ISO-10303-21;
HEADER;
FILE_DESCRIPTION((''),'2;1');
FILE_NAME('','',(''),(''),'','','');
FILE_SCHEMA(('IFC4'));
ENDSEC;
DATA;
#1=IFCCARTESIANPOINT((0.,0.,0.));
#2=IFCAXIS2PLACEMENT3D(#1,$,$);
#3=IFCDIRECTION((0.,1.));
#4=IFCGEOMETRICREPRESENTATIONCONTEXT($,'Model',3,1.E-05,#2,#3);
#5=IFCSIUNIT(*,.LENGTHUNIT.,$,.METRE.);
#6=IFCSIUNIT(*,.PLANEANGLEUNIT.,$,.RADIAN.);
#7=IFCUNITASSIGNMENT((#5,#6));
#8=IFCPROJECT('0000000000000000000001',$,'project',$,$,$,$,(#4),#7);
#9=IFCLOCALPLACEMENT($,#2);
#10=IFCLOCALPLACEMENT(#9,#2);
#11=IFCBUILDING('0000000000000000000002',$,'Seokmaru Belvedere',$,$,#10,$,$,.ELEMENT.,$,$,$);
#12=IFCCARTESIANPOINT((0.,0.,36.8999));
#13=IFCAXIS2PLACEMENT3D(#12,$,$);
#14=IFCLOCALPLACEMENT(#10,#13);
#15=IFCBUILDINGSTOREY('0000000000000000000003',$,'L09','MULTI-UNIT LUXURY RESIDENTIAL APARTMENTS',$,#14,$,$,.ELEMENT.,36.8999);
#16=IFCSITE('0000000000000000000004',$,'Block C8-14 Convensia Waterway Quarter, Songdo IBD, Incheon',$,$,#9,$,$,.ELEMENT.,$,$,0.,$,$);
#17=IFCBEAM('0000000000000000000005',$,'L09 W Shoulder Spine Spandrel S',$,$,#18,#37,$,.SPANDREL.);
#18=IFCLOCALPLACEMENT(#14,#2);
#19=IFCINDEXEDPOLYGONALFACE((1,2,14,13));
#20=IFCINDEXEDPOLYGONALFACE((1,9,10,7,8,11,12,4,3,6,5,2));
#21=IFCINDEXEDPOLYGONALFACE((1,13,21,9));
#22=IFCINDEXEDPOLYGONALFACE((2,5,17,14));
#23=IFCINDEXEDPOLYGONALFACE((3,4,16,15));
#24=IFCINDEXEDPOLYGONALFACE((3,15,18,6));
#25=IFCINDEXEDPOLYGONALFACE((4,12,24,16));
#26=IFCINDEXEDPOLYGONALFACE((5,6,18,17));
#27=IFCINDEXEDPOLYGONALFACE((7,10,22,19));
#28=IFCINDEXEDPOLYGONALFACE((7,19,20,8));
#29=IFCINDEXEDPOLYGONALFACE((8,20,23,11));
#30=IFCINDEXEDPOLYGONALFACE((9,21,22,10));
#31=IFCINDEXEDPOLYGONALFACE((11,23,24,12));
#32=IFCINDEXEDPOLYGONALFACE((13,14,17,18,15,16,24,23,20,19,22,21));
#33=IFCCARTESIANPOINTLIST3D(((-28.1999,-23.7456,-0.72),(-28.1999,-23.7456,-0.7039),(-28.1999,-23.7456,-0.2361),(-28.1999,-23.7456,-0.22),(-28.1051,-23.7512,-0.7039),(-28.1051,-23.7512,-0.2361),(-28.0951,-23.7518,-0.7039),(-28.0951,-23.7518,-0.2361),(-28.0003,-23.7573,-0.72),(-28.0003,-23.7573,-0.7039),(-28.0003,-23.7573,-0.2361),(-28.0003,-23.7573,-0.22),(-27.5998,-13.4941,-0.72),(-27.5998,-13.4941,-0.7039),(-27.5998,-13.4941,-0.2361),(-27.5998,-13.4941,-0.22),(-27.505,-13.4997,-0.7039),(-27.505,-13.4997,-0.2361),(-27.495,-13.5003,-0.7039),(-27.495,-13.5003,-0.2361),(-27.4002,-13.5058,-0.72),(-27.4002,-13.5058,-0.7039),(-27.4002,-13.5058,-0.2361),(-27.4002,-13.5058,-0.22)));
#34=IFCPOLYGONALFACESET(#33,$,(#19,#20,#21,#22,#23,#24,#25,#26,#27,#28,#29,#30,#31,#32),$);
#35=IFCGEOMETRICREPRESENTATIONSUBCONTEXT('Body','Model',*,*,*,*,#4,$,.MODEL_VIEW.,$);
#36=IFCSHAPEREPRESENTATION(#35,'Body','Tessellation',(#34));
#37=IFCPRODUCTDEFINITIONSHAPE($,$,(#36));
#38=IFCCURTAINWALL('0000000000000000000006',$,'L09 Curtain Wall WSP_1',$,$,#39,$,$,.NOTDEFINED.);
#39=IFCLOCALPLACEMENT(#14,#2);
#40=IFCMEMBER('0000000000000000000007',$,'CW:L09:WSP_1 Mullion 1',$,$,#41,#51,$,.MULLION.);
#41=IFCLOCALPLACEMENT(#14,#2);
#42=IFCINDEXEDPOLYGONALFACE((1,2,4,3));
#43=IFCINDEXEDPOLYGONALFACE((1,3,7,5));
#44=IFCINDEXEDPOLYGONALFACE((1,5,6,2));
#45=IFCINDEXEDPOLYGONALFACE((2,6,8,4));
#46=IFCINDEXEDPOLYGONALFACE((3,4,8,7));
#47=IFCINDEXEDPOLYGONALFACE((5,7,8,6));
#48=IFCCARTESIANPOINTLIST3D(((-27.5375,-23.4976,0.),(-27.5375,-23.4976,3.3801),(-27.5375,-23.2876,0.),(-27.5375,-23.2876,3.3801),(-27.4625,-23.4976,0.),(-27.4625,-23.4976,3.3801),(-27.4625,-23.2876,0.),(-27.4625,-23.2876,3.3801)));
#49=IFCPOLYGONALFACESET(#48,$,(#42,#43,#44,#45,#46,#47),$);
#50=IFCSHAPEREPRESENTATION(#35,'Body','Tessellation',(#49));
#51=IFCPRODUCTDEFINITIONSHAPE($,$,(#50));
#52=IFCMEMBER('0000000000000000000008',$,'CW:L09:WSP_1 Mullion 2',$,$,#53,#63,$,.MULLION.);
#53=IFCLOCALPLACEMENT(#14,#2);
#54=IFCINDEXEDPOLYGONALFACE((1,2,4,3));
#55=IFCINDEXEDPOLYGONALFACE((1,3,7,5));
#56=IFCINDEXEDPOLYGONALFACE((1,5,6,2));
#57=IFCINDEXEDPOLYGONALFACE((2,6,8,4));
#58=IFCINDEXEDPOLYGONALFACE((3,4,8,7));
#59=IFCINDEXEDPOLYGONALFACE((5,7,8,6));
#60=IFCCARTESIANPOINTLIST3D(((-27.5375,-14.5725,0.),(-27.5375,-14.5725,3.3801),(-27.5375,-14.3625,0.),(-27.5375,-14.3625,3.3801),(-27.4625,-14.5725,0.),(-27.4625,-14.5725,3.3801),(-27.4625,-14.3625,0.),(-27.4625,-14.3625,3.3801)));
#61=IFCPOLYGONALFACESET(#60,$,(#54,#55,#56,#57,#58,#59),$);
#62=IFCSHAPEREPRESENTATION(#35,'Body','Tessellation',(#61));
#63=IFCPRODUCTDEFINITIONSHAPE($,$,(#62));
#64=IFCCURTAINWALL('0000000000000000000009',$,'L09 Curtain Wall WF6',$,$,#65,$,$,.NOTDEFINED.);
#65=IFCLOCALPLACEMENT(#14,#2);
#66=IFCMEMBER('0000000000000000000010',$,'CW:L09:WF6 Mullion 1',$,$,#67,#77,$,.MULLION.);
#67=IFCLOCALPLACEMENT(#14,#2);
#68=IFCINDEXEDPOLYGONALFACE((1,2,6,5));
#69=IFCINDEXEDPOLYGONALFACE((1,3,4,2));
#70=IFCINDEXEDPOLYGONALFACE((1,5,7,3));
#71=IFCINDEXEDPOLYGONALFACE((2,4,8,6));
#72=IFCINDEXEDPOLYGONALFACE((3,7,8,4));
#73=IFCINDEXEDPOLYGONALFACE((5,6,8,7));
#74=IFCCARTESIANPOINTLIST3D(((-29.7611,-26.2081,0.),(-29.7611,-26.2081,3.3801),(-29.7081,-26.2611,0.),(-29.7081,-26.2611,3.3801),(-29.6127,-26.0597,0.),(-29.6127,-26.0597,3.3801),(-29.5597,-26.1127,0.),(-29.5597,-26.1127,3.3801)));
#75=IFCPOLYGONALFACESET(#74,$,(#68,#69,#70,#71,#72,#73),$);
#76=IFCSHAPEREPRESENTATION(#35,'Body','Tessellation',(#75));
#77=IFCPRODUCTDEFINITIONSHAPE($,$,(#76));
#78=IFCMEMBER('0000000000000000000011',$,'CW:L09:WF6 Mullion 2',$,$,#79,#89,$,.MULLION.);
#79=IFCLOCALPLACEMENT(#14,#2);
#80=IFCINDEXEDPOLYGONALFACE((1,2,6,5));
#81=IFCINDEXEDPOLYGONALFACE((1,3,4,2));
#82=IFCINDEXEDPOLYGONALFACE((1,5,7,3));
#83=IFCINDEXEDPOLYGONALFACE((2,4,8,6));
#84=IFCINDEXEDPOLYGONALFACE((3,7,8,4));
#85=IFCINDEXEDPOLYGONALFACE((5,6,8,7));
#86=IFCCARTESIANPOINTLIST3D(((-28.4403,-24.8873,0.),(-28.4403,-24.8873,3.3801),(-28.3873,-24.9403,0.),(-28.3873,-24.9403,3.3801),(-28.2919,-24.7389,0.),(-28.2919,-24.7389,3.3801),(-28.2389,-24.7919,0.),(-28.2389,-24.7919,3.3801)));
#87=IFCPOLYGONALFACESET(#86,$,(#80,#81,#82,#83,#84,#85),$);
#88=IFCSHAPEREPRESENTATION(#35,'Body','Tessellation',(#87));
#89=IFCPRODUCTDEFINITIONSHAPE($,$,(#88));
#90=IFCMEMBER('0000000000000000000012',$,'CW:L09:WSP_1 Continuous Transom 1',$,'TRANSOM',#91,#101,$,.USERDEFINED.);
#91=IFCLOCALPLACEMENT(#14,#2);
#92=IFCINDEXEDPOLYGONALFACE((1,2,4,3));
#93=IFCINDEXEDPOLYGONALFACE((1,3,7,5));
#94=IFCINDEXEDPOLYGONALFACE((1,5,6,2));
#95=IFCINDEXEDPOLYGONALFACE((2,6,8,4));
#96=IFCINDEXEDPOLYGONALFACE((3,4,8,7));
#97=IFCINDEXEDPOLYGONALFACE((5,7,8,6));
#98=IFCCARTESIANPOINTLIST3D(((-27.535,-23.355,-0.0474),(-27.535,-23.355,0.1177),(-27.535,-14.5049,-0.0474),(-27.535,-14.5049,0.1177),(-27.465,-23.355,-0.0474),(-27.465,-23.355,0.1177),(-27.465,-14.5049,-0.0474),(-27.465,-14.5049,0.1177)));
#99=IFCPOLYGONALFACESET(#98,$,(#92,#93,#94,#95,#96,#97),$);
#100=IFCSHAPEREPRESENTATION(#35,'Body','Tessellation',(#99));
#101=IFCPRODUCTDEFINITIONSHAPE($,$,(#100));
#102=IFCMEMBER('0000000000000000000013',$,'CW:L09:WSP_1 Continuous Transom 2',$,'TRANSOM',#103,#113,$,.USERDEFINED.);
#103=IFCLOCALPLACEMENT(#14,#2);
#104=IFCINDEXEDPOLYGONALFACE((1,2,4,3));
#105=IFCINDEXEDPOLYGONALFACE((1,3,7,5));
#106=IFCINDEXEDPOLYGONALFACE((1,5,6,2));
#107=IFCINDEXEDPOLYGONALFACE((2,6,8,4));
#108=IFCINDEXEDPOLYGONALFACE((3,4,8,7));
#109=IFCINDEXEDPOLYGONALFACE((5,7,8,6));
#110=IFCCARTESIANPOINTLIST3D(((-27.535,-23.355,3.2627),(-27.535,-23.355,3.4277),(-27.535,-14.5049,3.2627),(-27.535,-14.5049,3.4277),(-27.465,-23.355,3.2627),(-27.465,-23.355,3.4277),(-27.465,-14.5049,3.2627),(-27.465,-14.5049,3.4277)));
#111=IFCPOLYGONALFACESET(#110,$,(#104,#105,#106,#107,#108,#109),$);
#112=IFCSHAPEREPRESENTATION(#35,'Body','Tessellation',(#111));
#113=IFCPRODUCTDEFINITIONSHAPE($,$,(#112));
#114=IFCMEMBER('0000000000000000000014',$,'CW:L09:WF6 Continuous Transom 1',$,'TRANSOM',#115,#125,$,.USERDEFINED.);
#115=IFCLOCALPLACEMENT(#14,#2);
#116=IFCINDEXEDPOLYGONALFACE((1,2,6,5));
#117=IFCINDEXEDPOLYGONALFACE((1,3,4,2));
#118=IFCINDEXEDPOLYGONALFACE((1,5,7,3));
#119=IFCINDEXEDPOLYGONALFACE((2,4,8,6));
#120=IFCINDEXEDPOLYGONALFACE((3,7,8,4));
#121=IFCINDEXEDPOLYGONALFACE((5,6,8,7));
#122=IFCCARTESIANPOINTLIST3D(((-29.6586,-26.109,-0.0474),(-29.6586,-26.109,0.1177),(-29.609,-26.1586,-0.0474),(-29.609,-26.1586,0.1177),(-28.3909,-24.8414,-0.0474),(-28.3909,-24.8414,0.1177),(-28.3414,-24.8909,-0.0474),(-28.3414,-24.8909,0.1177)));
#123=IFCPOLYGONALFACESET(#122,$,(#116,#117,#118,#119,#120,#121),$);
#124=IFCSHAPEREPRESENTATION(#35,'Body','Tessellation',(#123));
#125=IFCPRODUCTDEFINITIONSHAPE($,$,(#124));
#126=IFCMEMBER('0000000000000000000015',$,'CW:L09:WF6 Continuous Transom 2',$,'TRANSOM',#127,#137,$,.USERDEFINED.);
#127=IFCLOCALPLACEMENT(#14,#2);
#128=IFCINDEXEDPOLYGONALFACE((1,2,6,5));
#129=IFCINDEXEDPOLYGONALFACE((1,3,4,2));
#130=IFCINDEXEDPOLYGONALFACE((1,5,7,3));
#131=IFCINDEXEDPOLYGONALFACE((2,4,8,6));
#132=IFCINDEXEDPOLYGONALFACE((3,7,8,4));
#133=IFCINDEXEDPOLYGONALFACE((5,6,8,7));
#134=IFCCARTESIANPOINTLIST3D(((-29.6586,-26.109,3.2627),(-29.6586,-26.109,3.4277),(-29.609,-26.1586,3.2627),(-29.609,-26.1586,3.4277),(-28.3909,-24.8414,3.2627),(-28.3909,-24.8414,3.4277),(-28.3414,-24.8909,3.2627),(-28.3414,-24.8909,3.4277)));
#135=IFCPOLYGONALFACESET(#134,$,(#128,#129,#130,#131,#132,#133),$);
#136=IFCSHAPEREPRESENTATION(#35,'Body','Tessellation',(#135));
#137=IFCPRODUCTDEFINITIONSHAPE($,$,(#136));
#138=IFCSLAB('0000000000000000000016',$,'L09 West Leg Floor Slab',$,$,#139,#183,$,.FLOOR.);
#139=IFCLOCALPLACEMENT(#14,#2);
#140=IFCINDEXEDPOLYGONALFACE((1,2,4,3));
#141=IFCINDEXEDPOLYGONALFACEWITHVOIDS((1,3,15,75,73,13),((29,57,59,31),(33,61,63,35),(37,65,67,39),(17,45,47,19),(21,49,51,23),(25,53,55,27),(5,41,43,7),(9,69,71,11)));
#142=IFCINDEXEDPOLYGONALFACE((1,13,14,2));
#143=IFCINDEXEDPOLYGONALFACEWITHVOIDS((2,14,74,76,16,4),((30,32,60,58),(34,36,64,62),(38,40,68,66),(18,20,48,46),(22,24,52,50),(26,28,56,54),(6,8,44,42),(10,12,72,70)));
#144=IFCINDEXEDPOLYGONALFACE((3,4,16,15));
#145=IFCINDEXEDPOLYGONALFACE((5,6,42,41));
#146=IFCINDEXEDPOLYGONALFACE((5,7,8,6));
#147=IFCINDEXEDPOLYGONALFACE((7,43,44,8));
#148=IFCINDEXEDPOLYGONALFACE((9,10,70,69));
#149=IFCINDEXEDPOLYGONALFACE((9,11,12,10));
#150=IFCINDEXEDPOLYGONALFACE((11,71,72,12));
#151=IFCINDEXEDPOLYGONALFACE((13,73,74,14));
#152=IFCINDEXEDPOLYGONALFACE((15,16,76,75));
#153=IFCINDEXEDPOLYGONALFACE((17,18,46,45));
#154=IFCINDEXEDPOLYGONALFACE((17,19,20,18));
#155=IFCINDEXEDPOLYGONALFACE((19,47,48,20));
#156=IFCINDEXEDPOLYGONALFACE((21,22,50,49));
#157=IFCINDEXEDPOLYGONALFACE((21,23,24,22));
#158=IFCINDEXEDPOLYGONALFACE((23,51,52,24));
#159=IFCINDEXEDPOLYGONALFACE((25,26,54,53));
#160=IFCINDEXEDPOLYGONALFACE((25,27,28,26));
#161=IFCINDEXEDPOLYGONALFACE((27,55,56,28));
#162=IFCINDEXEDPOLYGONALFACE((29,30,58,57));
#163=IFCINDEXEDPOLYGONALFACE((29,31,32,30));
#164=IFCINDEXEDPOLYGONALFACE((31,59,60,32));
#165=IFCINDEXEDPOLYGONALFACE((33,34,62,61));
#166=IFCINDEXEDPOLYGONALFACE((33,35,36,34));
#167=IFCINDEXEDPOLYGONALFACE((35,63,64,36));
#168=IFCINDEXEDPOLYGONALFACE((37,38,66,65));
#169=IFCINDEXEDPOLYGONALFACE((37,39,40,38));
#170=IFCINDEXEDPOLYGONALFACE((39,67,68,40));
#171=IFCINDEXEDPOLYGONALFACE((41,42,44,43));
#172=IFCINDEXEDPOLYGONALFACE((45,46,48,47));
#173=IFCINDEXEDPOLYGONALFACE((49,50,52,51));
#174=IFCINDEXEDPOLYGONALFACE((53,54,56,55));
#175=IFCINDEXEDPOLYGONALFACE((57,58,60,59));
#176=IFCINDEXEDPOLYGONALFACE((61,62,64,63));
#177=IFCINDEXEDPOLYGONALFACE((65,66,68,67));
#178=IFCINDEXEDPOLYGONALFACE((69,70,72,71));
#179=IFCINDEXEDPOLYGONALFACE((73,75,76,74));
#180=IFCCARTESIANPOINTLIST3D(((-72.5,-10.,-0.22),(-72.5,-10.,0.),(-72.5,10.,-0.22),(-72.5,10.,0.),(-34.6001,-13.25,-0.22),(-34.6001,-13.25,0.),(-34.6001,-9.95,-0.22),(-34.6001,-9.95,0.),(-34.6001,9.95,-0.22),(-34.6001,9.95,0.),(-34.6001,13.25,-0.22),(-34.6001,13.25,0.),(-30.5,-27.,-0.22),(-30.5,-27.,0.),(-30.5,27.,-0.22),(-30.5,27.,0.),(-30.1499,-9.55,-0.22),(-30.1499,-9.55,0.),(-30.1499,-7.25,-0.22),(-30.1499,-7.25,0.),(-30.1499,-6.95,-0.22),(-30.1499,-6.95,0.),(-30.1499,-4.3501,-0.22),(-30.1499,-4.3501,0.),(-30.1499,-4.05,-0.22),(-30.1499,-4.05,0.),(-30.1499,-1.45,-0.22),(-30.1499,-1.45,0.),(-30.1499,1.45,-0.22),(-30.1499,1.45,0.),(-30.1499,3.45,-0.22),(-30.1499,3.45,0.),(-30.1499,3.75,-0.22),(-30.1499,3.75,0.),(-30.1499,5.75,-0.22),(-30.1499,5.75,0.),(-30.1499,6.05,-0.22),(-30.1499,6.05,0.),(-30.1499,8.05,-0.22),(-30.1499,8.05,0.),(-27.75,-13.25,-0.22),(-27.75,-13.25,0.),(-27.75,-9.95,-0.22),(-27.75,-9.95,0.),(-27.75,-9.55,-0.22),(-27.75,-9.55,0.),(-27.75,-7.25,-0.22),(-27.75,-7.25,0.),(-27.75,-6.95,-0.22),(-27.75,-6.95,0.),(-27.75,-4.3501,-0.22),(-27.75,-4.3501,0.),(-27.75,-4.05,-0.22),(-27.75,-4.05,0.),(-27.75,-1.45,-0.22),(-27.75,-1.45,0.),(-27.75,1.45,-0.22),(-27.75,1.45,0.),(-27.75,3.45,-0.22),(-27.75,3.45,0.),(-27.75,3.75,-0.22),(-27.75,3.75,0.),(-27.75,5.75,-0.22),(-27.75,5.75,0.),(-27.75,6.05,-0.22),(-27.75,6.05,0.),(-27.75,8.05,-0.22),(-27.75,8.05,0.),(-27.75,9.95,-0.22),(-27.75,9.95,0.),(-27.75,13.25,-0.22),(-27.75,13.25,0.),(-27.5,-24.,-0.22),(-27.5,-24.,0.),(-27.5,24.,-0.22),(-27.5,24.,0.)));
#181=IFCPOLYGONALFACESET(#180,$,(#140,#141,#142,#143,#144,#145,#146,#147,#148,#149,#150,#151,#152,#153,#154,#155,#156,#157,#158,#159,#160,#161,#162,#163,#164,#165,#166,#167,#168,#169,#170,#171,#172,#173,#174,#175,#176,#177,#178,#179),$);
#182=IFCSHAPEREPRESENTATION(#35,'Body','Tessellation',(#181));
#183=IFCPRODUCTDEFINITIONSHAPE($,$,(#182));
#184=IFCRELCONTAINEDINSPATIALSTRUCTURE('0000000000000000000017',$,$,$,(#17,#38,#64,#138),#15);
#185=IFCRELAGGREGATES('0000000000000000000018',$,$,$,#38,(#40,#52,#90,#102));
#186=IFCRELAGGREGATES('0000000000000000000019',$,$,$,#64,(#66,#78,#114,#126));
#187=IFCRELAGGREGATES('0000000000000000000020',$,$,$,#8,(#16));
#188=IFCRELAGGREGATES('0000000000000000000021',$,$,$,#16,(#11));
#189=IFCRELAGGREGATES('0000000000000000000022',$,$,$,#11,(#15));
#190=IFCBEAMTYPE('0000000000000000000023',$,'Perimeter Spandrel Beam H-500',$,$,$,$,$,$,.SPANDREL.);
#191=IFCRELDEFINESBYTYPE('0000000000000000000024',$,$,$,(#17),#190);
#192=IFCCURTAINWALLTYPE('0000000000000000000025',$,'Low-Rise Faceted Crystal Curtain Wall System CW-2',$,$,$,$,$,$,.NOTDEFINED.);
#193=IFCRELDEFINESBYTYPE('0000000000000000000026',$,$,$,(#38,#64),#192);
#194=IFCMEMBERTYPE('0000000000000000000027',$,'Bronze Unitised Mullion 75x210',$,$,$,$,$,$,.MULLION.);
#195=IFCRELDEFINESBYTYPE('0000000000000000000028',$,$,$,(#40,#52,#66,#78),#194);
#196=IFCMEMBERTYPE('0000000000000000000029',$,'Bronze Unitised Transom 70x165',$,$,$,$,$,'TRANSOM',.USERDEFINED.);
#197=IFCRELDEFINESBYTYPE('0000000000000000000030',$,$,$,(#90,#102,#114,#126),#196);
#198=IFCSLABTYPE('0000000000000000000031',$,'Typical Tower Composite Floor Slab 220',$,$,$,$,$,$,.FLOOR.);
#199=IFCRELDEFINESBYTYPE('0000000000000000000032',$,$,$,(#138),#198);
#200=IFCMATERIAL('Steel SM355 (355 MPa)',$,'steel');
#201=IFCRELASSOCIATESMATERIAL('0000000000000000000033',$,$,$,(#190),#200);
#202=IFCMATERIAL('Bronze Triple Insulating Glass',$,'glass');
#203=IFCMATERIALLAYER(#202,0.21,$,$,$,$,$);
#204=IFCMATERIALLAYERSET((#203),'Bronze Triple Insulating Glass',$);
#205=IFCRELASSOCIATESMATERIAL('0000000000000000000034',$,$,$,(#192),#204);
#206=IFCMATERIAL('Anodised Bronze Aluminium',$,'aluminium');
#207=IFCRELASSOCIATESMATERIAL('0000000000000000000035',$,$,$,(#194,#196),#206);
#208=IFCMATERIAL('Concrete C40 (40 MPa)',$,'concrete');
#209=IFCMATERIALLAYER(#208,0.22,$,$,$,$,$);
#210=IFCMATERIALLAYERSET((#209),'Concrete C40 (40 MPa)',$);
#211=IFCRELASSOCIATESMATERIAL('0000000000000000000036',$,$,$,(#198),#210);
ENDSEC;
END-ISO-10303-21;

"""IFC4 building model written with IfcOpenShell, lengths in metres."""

from ifc_helpers import new_model, si_unit, direction, frame, origin, origin_2d, place, context, subcontext, project, spatial, polyline, rectangle, i_section, outline, extrude, source, transform, mapped, material, layer, layer_set, material_profile, profile_set, type_object, type_shapes, element, aggregate, save


model = new_model("IFC4")

# Units and contexts
model_context = context("Model", 3, precision=1e-05, world=origin(), true_north=direction((0.0, 1.0)))
body_context = subcontext(model_context, "Body", "Model", "MODEL_VIEW")
ifc_project = project(units=[si_unit("LENGTHUNIT", "METRE"), si_unit("PLANEANGLEUNIT", "RADIAN")], contexts=[model_context])

# Site, building, storey
site_placement = place(None, origin())
site = spatial("IfcSite", under=ifc_project, at=site_placement, Name="Block C8-14 Convensia Waterway Quarter, Songdo IBD, Incheon", CompositionType="ELEMENT", RefElevation=0.0)
building_placement = place(site_placement, origin())
building = spatial("IfcBuilding", under=site, at=building_placement, Name="Seokmaru Belvedere", CompositionType="ELEMENT")
storey_placement = place(building_placement, frame((0.0, 0.0, 36.8999)))
storey = spatial("IfcBuildingStorey", under=building, at=storey_placement, Name="L09", Description="MULTI-UNIT LUXURY RESIDENTIAL APARTMENTS", CompositionType="ELEMENT", Elevation=36.8999)

# Shared definitions
ifc_material_1 = material(Name="Steel SM355 (355 MPa)", Category="steel")

# Beam
ifc_material_profile_1 = material_profile(ifc_material_1, i_section(OverallWidth=0.2, OverallDepth=0.5, WebThickness=0.01, FlangeThickness=0.0161, at=origin_2d()), Name="H-500x200x10x16")
ifc_profile_set_1 = profile_set([ifc_material_profile_1], Name="Steel SM355 (355 MPa)")
beam_type = type_object("IfcBeamType", Name="Perimeter Spandrel Beam H-500", PredefinedType="SPANDREL", material=ifc_profile_set_1)
shared_shape_1 = source(origin(), body_context, "Body", "SweptSolid", [
    extrude(i_section(OverallWidth=0.2, OverallDepth=0.5, WebThickness=0.01, FlangeThickness=0.0161, at=origin_2d()), origin(), (0.0, 0.0, 1.0), 10.269),
])
beam_1_placement = place(storey_placement, frame((-28.1001, -23.7515, -0.47), z_axis=(0.058438, 0.998291, 0.0), x_axis=(-0.998291, 0.058438, 0.0)))
element("IfcBeam", 1, at=beam_1_placement, inside=storey, type_object=beam_type, Name="L09 W Shoulder Spine Spandrel S", PredefinedType="SPANDREL", context=body_context, shape_type="MappedRepresentation", body=[
    mapped(shared_shape_1, transform((0.0, 0.0, 0.0), scale=1.0)),
])

# Curtain walls, members
ifc_material_2 = material(Name="Bronze Triple Insulating Glass", Category="glass")
ifc_layer_1 = layer(ifc_material_2, 0.21)
ifc_layer_set_1 = layer_set([ifc_layer_1], Name="Bronze Triple Insulating Glass")
curtain_wall_type = type_object("IfcCurtainWallType", Name="Low-Rise Faceted Crystal Curtain Wall System CW-2", PredefinedType="NOTDEFINED", material=ifc_layer_set_1)
curtain_wall_1_placement = place(storey_placement, origin())
curtain_wall_1 = element("IfcCurtainWall", 2, at=curtain_wall_1_placement, inside=storey, type_object=curtain_wall_type, Name="L09 Curtain Wall WSP_1", PredefinedType="NOTDEFINED")
ifc_material_3 = material(Name="Anodised Bronze Aluminium", Category="aluminium")
ifc_material_profile_2 = material_profile(ifc_material_3, rectangle(XDim=0.075, YDim=0.21, at=origin_2d()), Name="CW-M-75x210")
ifc_profile_set_2 = profile_set([ifc_material_profile_2], Name="Anodised Bronze Aluminium")
member_type_1 = type_object("IfcMemberType", Name="Bronze Unitised Mullion 75x210", PredefinedType="MULLION", material=ifc_profile_set_2)
shared_shape_2 = source(origin(), body_context, "Body", "SweptSolid", [
    extrude(rectangle(XDim=0.075, YDim=0.21, at=origin_2d()), origin(), (0.0, 0.0, 1.0), 3.3801),
])
type_shapes(member_type_1, [shared_shape_2])
member_1_placement = place(storey_placement, frame((-27.5, -23.3926, 0.0), z_axis=(0.0, 0.0, 1.0), x_axis=(-1.0, 0.0, 0.0)))
member_1 = element("IfcMember", 3, at=member_1_placement, type_object=member_type_1, Name="CW:L09:WSP_1 Mullion 1", PredefinedType="MULLION", context=body_context, shape_type="MappedRepresentation", body=[
    mapped(shared_shape_2, transform((0.0, 0.0, 0.0), scale=1.0)),
])
member_2_placement = place(storey_placement, frame((-27.5, -14.4675, 0.0), z_axis=(0.0, 0.0, 1.0), x_axis=(-1.0, 0.0, 0.0)))
member_2 = element("IfcMember", 4, at=member_2_placement, type_object=member_type_1, Name="CW:L09:WSP_1 Mullion 2", PredefinedType="MULLION", context=body_context, shape_type="MappedRepresentation", body=[
    mapped(shared_shape_2, transform((0.0, 0.0, 0.0), scale=1.0)),
])
curtain_wall_2_placement = place(storey_placement, origin())
curtain_wall_2 = element("IfcCurtainWall", 5, at=curtain_wall_2_placement, inside=storey, type_object=curtain_wall_type, Name="L09 Curtain Wall WF6", PredefinedType="NOTDEFINED")
member_3_placement = place(storey_placement, frame((-29.6604, -26.1604, 0.0), z_axis=(0.0, 0.0, 1.0), x_axis=(-0.707107, 0.707107, 0.0)))
member_3 = element("IfcMember", 6, at=member_3_placement, type_object=member_type_1, Name="CW:L09:WF6 Mullion 1", PredefinedType="MULLION", context=body_context, shape_type="MappedRepresentation", body=[
    mapped(shared_shape_2, transform((0.0, 0.0, 0.0), scale=1.0)),
])
member_4_placement = place(storey_placement, frame((-28.3396, -24.8396, 0.0), z_axis=(0.0, 0.0, 1.0), x_axis=(-0.707107, 0.707107, 0.0)))
member_4 = element("IfcMember", 7, at=member_4_placement, type_object=member_type_1, Name="CW:L09:WF6 Mullion 2", PredefinedType="MULLION", context=body_context, shape_type="MappedRepresentation", body=[
    mapped(shared_shape_2, transform((0.0, 0.0, 0.0), scale=1.0)),
])

# Members
ifc_material_profile_3 = material_profile(ifc_material_3, rectangle(XDim=0.0701, YDim=0.165, at=origin_2d()), Name="CW-T-70x165")
ifc_profile_set_3 = profile_set([ifc_material_profile_3], Name="Anodised Bronze Aluminium")
member_type_2 = type_object("IfcMemberType", Name="Bronze Unitised Transom 70x165", ElementType="TRANSOM", PredefinedType="USERDEFINED", material=ifc_profile_set_3)
shared_shape_3 = source(origin(), body_context, "Body", "SweptSolid", [
    extrude(rectangle(XDim=0.0701, YDim=0.165, at=origin_2d()), origin(), (0.0, 0.0, 1.0), 8.8501),
])
member_5_placement = place(storey_placement, frame((-27.5, -23.355, 0.0352), z_axis=(0.0, 1.0, 0.0), x_axis=(-1.0, 0.0, 0.0)))
member_5 = element("IfcMember", 8, at=member_5_placement, type_object=member_type_2, Name="CW:L09:WSP_1 Continuous Transom 1", ObjectType="TRANSOM", PredefinedType="USERDEFINED", context=body_context, shape_type="MappedRepresentation", body=[
    mapped(shared_shape_3, transform((0.0, 0.0, 0.0), scale=1.0)),
])
member_6_placement = place(storey_placement, frame((-27.5, -23.355, 3.3452), z_axis=(0.0, 1.0, 0.0), x_axis=(-1.0, 0.0, 0.0)))
member_6 = element("IfcMember", 9, at=member_6_placement, type_object=member_type_2, Name="CW:L09:WSP_1 Continuous Transom 2", ObjectType="TRANSOM", PredefinedType="USERDEFINED", context=body_context, shape_type="MappedRepresentation", body=[
    mapped(shared_shape_3, transform((0.0, 0.0, 0.0), scale=1.0)),
])
shared_shape_4 = source(origin(), body_context, "Body", "SweptSolid", [
    extrude(rectangle(XDim=0.0701, YDim=0.165, at=origin_2d()), origin(), (0.0, 0.0, 1.0), 1.7927),
])
type_shapes(member_type_2, [shared_shape_3, shared_shape_4])
member_7_placement = place(storey_placement, frame((-29.6338, -26.1338, 0.0352), z_axis=(0.707107, 0.707107, 0.0), x_axis=(-0.707107, 0.707107, 0.0)))
member_7 = element("IfcMember", 10, at=member_7_placement, type_object=member_type_2, Name="CW:L09:WF6 Continuous Transom 1", ObjectType="TRANSOM", PredefinedType="USERDEFINED", context=body_context, shape_type="MappedRepresentation", body=[
    mapped(shared_shape_4, transform((0.0, 0.0, 0.0), scale=1.0)),
])
member_8_placement = place(storey_placement, frame((-29.6338, -26.1338, 3.3452), z_axis=(0.707107, 0.707107, 0.0), x_axis=(-0.707107, 0.707107, 0.0)))
member_8 = element("IfcMember", 11, at=member_8_placement, type_object=member_type_2, Name="CW:L09:WF6 Continuous Transom 2", ObjectType="TRANSOM", PredefinedType="USERDEFINED", context=body_context, shape_type="MappedRepresentation", body=[
    mapped(shared_shape_4, transform((0.0, 0.0, 0.0), scale=1.0)),
])

# Slab
ifc_material_4 = material(Name="Concrete C40 (40 MPa)", Category="concrete")
ifc_layer_2 = layer(ifc_material_4, 0.22)
ifc_layer_set_2 = layer_set([ifc_layer_2], Name="Concrete C40 (40 MPa)")
slab_type = type_object("IfcSlabType", Name="Typical Tower Composite Floor Slab 220", PredefinedType="FLOOR", material=ifc_layer_set_2)
slab_1_placement = place(storey_placement, frame((0.0, 0.0, -0.22)))
element("IfcSlab", 12, at=slab_1_placement, inside=storey, type_object=slab_type, Name="L09 West Leg Floor Slab", PredefinedType="FLOOR", context=body_context, shape_type="SweptSolid", body=[
    extrude(outline(polyline([(-27.5, -24.0), (-27.5, 24.0), (-30.5, 27.0), (-72.5, 10.0), (-72.5, -10.0), (-30.5, -27.0), (-27.5, -24.0)]), holes=[polyline([(-34.6001, -13.25), (-27.75, -13.25), (-27.75, -9.95), (-34.6001, -9.95), (-34.6001, -13.25)]), polyline([(-34.6001, 9.95), (-27.75, 9.95), (-27.75, 13.25), (-34.6001, 13.25), (-34.6001, 9.95)]), polyline([(-30.1499, -9.55), (-27.75, -9.55), (-27.75, -7.25), (-30.1499, -7.25), (-30.1499, -9.55)]), polyline([(-30.1499, -6.95), (-27.75, -6.95), (-27.75, -4.3501), (-30.1499, -4.3501), (-30.1499, -6.95)]), polyline([(-30.1499, -4.05), (-27.75, -4.05), (-27.75, -1.45), (-30.1499, -1.45), (-30.1499, -4.05)]), polyline([(-30.1499, 1.45), (-27.75, 1.45), (-27.75, 3.45), (-30.1499, 3.45), (-30.1499, 1.45)]), polyline([(-30.1499, 3.75), (-27.75, 3.75), (-27.75, 5.75), (-30.1499, 5.75), (-30.1499, 3.75)]), polyline([(-30.1499, 6.05), (-27.75, 6.05), (-27.75, 8.05), (-30.1499, 8.05), (-30.1499, 6.05)])]), origin(), (0.0, 0.0, 1.0), 0.22),
])

aggregate(curtain_wall_1, [member_1, member_2, member_5, member_6])
aggregate(curtain_wall_2, [member_3, member_4, member_7, member_8])

save(model, "model.ifc")
